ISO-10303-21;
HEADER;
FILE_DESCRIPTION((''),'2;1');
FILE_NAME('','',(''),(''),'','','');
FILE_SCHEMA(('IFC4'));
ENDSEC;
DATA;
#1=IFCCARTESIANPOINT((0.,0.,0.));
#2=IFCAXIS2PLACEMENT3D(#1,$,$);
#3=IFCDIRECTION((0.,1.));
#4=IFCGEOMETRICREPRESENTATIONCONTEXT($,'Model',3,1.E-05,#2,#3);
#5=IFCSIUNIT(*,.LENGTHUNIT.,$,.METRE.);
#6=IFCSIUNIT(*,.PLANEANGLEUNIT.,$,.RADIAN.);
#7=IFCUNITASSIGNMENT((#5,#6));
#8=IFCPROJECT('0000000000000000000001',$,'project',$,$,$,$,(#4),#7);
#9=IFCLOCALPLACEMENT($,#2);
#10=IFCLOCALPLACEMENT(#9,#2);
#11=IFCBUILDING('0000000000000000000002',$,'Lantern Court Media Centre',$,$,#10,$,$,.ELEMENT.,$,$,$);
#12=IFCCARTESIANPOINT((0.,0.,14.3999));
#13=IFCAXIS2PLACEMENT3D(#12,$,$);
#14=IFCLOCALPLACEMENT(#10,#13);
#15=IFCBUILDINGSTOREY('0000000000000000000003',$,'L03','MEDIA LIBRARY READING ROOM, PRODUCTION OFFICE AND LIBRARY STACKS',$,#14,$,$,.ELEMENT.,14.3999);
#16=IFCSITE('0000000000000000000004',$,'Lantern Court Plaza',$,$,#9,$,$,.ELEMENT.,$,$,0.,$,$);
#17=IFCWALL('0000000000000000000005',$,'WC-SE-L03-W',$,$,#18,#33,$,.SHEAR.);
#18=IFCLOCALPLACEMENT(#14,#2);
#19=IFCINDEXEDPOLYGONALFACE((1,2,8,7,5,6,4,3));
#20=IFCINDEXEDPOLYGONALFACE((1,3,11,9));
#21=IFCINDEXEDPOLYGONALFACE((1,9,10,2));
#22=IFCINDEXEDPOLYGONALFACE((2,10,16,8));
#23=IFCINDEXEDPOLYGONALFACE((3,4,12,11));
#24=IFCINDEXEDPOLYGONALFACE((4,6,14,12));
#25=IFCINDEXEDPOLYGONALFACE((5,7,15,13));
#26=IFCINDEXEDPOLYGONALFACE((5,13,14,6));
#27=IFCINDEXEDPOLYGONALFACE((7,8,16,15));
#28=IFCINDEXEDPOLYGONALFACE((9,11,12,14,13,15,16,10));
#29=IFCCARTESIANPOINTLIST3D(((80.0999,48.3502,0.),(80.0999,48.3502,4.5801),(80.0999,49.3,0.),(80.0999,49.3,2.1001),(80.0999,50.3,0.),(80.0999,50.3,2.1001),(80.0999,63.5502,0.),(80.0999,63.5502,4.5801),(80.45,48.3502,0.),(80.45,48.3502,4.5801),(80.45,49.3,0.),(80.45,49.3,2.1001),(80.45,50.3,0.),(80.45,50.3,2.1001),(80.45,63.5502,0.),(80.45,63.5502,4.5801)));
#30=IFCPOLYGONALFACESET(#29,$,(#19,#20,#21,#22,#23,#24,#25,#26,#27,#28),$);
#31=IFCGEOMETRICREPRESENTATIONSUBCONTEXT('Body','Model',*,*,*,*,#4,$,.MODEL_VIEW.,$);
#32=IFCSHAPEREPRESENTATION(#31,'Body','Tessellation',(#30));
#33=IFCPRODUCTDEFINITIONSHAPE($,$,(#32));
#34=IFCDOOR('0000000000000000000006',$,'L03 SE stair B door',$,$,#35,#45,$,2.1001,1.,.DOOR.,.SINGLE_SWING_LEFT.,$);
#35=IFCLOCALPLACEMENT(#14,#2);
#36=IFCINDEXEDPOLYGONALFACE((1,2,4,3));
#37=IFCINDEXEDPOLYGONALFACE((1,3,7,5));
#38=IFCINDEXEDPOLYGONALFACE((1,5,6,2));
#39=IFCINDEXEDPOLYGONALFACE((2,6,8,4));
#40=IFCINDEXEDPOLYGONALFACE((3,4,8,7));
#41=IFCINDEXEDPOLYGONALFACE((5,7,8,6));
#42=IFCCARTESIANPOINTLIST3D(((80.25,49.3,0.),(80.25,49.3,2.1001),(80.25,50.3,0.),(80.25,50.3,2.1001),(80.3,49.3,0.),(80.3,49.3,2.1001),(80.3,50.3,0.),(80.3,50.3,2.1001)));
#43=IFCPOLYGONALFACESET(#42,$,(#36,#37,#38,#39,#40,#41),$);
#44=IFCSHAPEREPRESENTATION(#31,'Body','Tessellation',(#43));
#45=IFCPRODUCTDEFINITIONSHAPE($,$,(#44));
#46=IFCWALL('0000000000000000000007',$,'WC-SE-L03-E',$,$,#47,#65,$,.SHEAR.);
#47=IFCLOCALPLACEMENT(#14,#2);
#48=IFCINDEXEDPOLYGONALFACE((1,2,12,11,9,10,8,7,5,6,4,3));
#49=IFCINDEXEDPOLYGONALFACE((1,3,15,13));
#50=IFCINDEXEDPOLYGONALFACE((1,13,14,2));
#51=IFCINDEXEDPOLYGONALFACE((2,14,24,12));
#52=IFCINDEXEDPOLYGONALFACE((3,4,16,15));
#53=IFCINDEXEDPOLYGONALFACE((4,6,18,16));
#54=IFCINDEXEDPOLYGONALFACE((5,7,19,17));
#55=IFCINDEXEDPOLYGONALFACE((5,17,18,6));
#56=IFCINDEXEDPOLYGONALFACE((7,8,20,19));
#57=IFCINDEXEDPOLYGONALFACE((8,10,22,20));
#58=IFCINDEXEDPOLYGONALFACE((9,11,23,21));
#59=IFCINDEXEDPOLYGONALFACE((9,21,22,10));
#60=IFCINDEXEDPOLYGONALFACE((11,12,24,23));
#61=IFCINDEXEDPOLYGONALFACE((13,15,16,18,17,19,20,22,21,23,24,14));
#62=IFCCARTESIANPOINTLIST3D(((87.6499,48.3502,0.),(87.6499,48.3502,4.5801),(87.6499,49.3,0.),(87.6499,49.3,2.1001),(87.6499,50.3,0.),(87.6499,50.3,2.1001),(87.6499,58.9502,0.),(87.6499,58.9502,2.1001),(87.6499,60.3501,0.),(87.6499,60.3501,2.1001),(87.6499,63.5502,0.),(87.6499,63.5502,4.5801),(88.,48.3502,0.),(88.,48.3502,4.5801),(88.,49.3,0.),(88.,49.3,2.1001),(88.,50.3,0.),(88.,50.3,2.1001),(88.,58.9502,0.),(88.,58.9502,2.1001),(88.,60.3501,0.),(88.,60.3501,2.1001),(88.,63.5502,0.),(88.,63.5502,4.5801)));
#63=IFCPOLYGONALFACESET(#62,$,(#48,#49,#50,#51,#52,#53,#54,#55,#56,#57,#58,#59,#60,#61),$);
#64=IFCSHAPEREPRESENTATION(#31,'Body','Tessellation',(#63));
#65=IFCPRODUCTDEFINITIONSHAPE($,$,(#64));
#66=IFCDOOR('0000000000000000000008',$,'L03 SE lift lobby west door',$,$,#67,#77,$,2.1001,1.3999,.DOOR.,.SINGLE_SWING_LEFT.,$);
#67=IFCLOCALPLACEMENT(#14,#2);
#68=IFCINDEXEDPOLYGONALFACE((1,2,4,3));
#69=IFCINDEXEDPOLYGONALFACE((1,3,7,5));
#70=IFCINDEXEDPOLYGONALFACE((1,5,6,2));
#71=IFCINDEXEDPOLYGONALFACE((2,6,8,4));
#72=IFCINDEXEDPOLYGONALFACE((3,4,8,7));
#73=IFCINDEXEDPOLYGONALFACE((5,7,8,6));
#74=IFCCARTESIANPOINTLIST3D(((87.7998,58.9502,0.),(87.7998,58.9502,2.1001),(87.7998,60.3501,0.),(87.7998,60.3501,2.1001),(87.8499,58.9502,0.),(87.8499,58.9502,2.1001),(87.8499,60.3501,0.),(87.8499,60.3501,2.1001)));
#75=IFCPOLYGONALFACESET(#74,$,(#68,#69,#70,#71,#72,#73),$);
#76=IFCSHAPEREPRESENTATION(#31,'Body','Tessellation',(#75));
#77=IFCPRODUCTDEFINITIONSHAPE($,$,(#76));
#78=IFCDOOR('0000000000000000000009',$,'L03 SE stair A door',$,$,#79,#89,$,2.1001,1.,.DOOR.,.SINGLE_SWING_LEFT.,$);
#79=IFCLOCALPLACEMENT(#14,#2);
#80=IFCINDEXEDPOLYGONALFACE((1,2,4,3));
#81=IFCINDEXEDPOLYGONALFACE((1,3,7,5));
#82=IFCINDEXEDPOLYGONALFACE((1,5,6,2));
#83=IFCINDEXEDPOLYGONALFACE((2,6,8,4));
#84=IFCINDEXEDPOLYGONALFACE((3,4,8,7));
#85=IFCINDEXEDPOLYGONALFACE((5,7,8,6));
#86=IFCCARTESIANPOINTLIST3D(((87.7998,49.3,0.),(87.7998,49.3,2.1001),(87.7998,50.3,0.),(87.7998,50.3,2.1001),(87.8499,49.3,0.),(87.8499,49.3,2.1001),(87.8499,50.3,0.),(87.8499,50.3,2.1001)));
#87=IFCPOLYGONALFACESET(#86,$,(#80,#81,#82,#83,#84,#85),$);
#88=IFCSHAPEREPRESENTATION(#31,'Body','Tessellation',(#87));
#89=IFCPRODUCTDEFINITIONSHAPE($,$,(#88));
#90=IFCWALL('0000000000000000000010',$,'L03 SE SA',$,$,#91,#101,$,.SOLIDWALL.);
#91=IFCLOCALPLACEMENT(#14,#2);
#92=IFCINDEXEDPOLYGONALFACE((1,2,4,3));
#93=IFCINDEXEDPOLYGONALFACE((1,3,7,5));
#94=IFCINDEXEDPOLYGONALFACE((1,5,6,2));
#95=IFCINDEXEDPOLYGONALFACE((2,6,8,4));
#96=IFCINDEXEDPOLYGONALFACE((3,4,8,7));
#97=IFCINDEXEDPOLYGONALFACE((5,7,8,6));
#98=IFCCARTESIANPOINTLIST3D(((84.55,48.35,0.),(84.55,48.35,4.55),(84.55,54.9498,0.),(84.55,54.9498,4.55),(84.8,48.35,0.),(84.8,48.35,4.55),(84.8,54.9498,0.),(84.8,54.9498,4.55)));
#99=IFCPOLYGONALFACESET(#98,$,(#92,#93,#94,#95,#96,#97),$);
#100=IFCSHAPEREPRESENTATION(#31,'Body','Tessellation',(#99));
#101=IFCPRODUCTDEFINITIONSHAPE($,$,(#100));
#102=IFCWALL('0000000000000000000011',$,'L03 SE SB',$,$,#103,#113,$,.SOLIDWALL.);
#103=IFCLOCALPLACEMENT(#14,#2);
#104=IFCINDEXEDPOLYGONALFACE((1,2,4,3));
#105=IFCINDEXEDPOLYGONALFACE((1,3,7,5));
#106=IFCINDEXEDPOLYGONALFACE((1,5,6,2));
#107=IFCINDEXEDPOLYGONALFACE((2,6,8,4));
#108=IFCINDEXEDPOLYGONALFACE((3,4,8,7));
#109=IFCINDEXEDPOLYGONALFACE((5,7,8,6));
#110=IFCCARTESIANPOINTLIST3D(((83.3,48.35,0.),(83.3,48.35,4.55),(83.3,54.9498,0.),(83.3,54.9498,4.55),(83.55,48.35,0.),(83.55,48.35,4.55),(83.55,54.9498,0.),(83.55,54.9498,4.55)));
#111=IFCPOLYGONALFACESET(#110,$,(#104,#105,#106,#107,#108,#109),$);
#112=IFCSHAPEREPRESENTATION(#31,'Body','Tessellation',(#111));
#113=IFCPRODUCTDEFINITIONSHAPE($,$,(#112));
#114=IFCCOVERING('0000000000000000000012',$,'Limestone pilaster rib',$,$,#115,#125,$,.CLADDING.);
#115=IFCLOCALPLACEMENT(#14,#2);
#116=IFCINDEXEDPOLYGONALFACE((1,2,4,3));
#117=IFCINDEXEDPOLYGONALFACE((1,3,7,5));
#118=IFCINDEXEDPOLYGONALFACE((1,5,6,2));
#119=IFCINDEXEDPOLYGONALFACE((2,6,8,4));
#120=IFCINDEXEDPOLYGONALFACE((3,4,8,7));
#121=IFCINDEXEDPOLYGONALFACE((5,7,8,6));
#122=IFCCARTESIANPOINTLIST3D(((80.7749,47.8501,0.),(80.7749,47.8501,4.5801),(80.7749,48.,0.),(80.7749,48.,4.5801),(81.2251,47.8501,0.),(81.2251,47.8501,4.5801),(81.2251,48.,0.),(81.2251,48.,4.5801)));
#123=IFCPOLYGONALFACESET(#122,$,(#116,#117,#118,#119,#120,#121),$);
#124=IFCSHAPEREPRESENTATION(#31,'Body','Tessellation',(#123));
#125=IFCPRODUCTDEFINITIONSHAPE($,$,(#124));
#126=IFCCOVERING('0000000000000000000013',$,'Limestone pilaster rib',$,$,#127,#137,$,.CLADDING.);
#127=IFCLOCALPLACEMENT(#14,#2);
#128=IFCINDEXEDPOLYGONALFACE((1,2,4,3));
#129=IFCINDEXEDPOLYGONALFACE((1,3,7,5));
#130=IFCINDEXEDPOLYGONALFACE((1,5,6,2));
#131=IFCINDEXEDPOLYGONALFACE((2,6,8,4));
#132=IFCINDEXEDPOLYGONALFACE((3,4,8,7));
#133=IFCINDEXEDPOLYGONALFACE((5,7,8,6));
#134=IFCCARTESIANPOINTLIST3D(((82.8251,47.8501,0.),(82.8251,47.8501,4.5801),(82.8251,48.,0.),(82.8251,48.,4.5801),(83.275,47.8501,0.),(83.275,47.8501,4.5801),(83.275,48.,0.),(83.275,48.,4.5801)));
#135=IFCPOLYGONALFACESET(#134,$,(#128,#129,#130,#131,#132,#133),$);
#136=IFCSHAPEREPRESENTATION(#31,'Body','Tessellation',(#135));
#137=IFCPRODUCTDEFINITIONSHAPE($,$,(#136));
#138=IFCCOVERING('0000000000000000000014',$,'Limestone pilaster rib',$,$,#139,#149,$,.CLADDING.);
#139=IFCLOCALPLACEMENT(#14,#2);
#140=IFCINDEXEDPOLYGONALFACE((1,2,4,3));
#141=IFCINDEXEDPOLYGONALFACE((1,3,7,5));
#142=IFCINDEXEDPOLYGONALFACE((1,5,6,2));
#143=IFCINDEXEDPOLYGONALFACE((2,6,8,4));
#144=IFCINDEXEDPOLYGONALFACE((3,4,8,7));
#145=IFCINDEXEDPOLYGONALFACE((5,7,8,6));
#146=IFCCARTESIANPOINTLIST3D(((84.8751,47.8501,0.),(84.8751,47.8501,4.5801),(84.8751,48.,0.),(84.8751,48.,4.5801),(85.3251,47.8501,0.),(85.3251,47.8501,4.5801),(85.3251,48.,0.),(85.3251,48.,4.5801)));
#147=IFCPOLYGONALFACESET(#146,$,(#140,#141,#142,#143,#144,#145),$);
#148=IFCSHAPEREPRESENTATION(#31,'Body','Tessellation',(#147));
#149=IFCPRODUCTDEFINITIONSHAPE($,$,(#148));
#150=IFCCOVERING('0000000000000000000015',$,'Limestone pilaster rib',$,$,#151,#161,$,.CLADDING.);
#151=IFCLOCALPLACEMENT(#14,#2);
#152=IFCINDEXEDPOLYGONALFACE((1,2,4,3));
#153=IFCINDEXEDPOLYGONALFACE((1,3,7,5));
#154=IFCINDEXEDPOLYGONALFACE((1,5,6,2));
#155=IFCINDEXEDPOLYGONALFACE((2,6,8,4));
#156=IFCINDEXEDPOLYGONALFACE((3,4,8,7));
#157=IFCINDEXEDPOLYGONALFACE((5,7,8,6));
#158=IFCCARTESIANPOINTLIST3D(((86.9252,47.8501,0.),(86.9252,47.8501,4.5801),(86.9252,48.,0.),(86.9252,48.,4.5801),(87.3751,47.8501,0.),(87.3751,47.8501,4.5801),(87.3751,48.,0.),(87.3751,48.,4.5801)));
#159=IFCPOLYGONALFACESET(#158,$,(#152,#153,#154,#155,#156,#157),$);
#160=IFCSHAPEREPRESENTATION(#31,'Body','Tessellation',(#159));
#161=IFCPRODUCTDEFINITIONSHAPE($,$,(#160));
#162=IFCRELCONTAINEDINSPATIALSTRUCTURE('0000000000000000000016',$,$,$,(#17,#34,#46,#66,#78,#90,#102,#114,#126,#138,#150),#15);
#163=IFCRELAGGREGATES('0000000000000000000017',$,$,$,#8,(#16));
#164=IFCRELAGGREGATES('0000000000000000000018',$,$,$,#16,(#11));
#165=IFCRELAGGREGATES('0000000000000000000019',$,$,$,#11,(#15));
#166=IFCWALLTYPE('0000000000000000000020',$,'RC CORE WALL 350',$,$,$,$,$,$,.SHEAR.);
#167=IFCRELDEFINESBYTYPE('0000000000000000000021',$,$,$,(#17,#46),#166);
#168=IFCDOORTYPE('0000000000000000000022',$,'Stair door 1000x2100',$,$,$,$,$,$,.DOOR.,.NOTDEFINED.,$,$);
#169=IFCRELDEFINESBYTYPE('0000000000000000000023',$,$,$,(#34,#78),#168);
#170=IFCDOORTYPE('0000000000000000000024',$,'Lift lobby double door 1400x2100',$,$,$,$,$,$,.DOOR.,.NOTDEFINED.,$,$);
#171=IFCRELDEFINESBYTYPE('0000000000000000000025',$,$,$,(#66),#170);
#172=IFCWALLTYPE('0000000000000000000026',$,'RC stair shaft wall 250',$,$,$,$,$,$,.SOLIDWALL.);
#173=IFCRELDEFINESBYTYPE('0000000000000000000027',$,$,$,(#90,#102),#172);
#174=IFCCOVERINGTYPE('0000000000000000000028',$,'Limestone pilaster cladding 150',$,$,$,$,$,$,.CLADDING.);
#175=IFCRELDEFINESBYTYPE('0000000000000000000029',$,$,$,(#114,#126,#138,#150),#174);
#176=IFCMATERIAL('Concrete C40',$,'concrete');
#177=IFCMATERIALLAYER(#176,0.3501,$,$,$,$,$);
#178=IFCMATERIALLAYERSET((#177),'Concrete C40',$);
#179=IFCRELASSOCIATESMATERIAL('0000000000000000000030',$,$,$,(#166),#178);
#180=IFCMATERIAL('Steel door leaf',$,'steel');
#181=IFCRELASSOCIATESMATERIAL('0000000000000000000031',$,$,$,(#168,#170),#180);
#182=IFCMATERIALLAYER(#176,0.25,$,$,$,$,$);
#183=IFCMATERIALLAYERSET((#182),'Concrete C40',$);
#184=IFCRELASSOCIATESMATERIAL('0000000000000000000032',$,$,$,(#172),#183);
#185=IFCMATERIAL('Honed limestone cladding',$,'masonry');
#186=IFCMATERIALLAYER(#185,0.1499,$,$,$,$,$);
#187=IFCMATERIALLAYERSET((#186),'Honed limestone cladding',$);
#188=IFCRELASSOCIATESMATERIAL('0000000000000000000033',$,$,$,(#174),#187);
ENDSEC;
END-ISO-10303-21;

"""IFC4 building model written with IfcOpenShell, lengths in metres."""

from ifc_helpers import new_model, si_unit, direction, frame, frame_2d, origin, place, context, subcontext, project, spatial, rectangle, extrude, material, layer, layer_set, type_object, element, fill, save


model = new_model("IFC4")

# Units and contexts
model_context = context("Model", 3, precision=1e-05, world=origin(), true_north=direction((0.0, 1.0)))
body_context = subcontext(model_context, "Body", "Model", "MODEL_VIEW")
ifc_project = project(units=[si_unit("LENGTHUNIT", "METRE"), si_unit("PLANEANGLEUNIT", "RADIAN")], contexts=[model_context])

# Site, building, storey
site_placement = place(None, origin())
site = spatial("IfcSite", under=ifc_project, at=site_placement, Name="Lantern Court Plaza", CompositionType="ELEMENT", RefElevation=0.0)
building_placement = place(site_placement, origin())
building = spatial("IfcBuilding", under=site, at=building_placement, Name="Lantern Court Media Centre", CompositionType="ELEMENT")
storey_placement = place(building_placement, frame((0.0, 0.0, 14.3999)))
storey = spatial("IfcBuildingStorey", under=building, at=storey_placement, Name="L03", Description="MEDIA LIBRARY READING ROOM, PRODUCTION OFFICE AND LIBRARY STACKS", CompositionType="ELEMENT", Elevation=14.3999)

# Shared definitions
ifc_material_1 = material(Name="Concrete C40", Category="concrete")
ifc_layer_1 = layer(ifc_material_1, 0.3501)
ifc_layer_set_1 = layer_set([ifc_layer_1], Name="Concrete C40")
wall_type_1 = type_object("IfcWallType", Name="RC CORE WALL 350", PredefinedType="SHEAR", material=ifc_layer_set_1)

# Wall, opening, door
wall_1_placement = place(storey_placement, frame((80.2749, 48.3501, 0.0), z_axis=(0.0, 0.0, 1.0), x_axis=(0.0, 1.0, 0.0)))
wall_1 = element("IfcWall", 1, at=wall_1_placement, inside=storey, type_object=wall_type_1, Name="WC-SE-L03-W", PredefinedType="SHEAR", context=body_context, shape_type="SweptSolid", body=[
    extrude(rectangle(XDim=15.2, YDim=0.3501, at=frame_2d((7.6001, 0.0))), origin(), (0.0, 0.0, 1.0), 4.5801),
])
opening_1_placement = place(wall_1_placement, frame((0.95, 0.0, 0.0)))
opening_1 = element("IfcOpeningElement", 2, at=opening_1_placement, cuts=wall_1, PredefinedType="OPENING", context=body_context, shape_type="SweptSolid", body=[
    extrude(rectangle(XDim=1.0, YDim=2.1001, at=frame_2d((0.5, 1.05))), frame((0.0, 0.1851, 0.0), z_axis=(0.0, -1.0, 0.0), x_axis=(1.0, 0.0, 0.0)), (0.0, 0.0, 1.0), 0.3701),
])
ifc_material_2 = material(Name="Steel door leaf", Category="steel")
door_type_1 = type_object("IfcDoorType", Name="Stair door 1000x2100", OperationType="NOTDEFINED", PredefinedType="DOOR", material=ifc_material_2)
door_1_placement = place(opening_1_placement, origin())
door_1 = element("IfcDoor", 3, at=door_1_placement, inside=storey, type_object=door_type_1, Name="L03 SE stair B door", OperationType="SINGLE_SWING_LEFT", OverallHeight=2.1001, OverallWidth=1.0, PredefinedType="DOOR", context=body_context, shape_type="SweptSolid", body=[
    extrude(rectangle(XDim=1.0, YDim=2.1001, at=frame_2d((0.5, 1.05))), frame((0.0, 0.0249, 0.0), z_axis=(0.0, -1.0, 0.0), x_axis=(1.0, 0.0, 0.0)), (0.0, 0.0, 1.0), 0.05),
])
fill(opening_1, door_1)

# Wall, openings, doors
wall_2_placement = place(storey_placement, frame((87.825, 48.3501, 0.0), z_axis=(0.0, 0.0, 1.0), x_axis=(0.0, 1.0, 0.0)))
wall_2 = element("IfcWall", 4, at=wall_2_placement, inside=storey, type_object=wall_type_1, Name="WC-SE-L03-E", PredefinedType="SHEAR", context=body_context, shape_type="SweptSolid", body=[
    extrude(rectangle(XDim=15.2, YDim=0.3501, at=frame_2d((7.6001, 0.0))), origin(), (0.0, 0.0, 1.0), 4.5801),
])
opening_2_placement = place(wall_2_placement, frame((0.95, 0.0, 0.0)))
opening_2 = element("IfcOpeningElement", 5, at=opening_2_placement, cuts=wall_2, PredefinedType="OPENING", context=body_context, shape_type="SweptSolid", body=[
    extrude(rectangle(XDim=1.0, YDim=2.1001, at=frame_2d((0.5, 1.05))), frame((0.0, 0.1851, 0.0), z_axis=(0.0, -1.0, 0.0), x_axis=(1.0, 0.0, 0.0)), (0.0, 0.0, 1.0), 0.3701),
])
opening_3_placement = place(wall_2_placement, frame((10.6001, 0.0, 0.0)))
opening_3 = element("IfcOpeningElement", 6, at=opening_3_placement, cuts=wall_2, PredefinedType="OPENING", context=body_context, shape_type="SweptSolid", body=[
    extrude(rectangle(XDim=1.3999, YDim=2.1001, at=frame_2d((0.7, 1.05))), frame((0.0, 0.1851, 0.0), z_axis=(0.0, -1.0, 0.0), x_axis=(1.0, 0.0, 0.0)), (0.0, 0.0, 1.0), 0.3701),
])
door_type_2 = type_object("IfcDoorType", Name="Lift lobby double door 1400x2100", OperationType="NOTDEFINED", PredefinedType="DOOR", material=ifc_material_2)
door_2_placement = place(opening_3_placement, frame((1.3999, 0.0, 0.0), z_axis=(0.0, 0.0, 1.0), x_axis=(-1.0, 0.0, 0.0)))
door_2 = element("IfcDoor", 7, at=door_2_placement, inside=storey, type_object=door_type_2, Name="L03 SE lift lobby west door", OperationType="SINGLE_SWING_LEFT", OverallHeight=2.1001, OverallWidth=1.3999, PredefinedType="DOOR", context=body_context, shape_type="SweptSolid", body=[
    extrude(rectangle(XDim=1.3999, YDim=2.1001, at=frame_2d((0.7, 1.05))), frame((0.0, 0.0249, 0.0), z_axis=(0.0, -1.0, 0.0), x_axis=(1.0, 0.0, 0.0)), (0.0, 0.0, 1.0), 0.05),
])
fill(opening_3, door_2)
door_3_placement = place(opening_2_placement, frame((1.0, 0.0, 0.0), z_axis=(0.0, 0.0, 1.0), x_axis=(-1.0, 0.0, 0.0)))
door_3 = element("IfcDoor", 8, at=door_3_placement, inside=storey, type_object=door_type_1, Name="L03 SE stair A door", OperationType="SINGLE_SWING_LEFT", OverallHeight=2.1001, OverallWidth=1.0, PredefinedType="DOOR", context=body_context, shape_type="SweptSolid", body=[
    extrude(rectangle(XDim=1.0, YDim=2.1001, at=frame_2d((0.5, 1.05))), frame((0.0, 0.0249, 0.0), z_axis=(0.0, -1.0, 0.0), x_axis=(1.0, 0.0, 0.0)), (0.0, 0.0, 1.0), 0.05),
])
fill(opening_2, door_3)

# Walls
ifc_layer_2 = layer(ifc_material_1, 0.25)
ifc_layer_set_2 = layer_set([ifc_layer_2], Name="Concrete C40")
wall_type_2 = type_object("IfcWallType", Name="RC stair shaft wall 250", PredefinedType="SOLIDWALL", material=ifc_layer_set_2)
for number, where, z_axis, x_axis, name in (
    (9, (84.675, 48.3501, 0.0), (0.0, 0.0, 1.0), (0.0, 1.0, 0.0), "L03 SE SA"),
    (10, (83.425, 48.3501, 0.0), (0.0, 0.0, 1.0), (0.0, 1.0, 0.0), "L03 SE SB"),
):
    element("IfcWall", number, at=place(storey_placement, frame(where, z_axis=z_axis, x_axis=x_axis)), inside=storey, type_object=wall_type_2, Name=name, PredefinedType="SOLIDWALL", context=body_context, shape_type="SweptSolid", body=[
        extrude(rectangle(XDim=6.5999, YDim=0.25, at=frame_2d((3.2998, 0.0))), origin(), (0.0, 0.0, 1.0), 4.55),
    ])

# Coverings
ifc_material_3 = material(Name="Honed limestone cladding", Category="masonry")
ifc_layer_3 = layer(ifc_material_3, 0.1499)
ifc_layer_set_3 = layer_set([ifc_layer_3], Name="Honed limestone cladding")
covering_type = type_object("IfcCoveringType", Name="Limestone pilaster cladding 150", PredefinedType="CLADDING", material=ifc_layer_set_3)
covering_placement = place(storey_placement, frame((80.7749, 47.925, 0.0), z_axis=(0.0, 0.0, 1.0), x_axis=(1.0, 0.0, 0.0)))
element("IfcCovering", 11, at=covering_placement, inside=storey, type_object=covering_type, Name="Limestone pilaster rib", PredefinedType="CLADDING", context=body_context, shape_type="SweptSolid", body=[
    extrude(rectangle(XDim=0.4502, YDim=0.1499, at=frame_2d((0.2251, 0.0))), origin(), (0.0, 0.0, 1.0), 4.5801),
])
for number, where, z_axis, x_axis, name in (
    (12, (82.825, 47.925, 0.0), (0.0, 0.0, 1.0), (1.0, 0.0, 0.0), "Limestone pilaster rib"),
    (13, (84.875, 47.925, 0.0), (0.0, 0.0, 1.0), (1.0, 0.0, 0.0), "Limestone pilaster rib"),
    (14, (86.925, 47.925, 0.0), (0.0, 0.0, 1.0), (1.0, 0.0, 0.0), "Limestone pilaster rib"),
):
    element("IfcCovering", number, at=place(storey_placement, frame(where, z_axis=z_axis, x_axis=x_axis)), inside=storey, type_object=covering_type, Name=name, PredefinedType="CLADDING", context=body_context, shape_type="SweptSolid", body=[
        extrude(rectangle(XDim=0.45, YDim=0.1499, at=frame_2d((0.2251, 0.0))), origin(), (0.0, 0.0, 1.0), 4.5801),
    ])

save(model, "model.ifc")
